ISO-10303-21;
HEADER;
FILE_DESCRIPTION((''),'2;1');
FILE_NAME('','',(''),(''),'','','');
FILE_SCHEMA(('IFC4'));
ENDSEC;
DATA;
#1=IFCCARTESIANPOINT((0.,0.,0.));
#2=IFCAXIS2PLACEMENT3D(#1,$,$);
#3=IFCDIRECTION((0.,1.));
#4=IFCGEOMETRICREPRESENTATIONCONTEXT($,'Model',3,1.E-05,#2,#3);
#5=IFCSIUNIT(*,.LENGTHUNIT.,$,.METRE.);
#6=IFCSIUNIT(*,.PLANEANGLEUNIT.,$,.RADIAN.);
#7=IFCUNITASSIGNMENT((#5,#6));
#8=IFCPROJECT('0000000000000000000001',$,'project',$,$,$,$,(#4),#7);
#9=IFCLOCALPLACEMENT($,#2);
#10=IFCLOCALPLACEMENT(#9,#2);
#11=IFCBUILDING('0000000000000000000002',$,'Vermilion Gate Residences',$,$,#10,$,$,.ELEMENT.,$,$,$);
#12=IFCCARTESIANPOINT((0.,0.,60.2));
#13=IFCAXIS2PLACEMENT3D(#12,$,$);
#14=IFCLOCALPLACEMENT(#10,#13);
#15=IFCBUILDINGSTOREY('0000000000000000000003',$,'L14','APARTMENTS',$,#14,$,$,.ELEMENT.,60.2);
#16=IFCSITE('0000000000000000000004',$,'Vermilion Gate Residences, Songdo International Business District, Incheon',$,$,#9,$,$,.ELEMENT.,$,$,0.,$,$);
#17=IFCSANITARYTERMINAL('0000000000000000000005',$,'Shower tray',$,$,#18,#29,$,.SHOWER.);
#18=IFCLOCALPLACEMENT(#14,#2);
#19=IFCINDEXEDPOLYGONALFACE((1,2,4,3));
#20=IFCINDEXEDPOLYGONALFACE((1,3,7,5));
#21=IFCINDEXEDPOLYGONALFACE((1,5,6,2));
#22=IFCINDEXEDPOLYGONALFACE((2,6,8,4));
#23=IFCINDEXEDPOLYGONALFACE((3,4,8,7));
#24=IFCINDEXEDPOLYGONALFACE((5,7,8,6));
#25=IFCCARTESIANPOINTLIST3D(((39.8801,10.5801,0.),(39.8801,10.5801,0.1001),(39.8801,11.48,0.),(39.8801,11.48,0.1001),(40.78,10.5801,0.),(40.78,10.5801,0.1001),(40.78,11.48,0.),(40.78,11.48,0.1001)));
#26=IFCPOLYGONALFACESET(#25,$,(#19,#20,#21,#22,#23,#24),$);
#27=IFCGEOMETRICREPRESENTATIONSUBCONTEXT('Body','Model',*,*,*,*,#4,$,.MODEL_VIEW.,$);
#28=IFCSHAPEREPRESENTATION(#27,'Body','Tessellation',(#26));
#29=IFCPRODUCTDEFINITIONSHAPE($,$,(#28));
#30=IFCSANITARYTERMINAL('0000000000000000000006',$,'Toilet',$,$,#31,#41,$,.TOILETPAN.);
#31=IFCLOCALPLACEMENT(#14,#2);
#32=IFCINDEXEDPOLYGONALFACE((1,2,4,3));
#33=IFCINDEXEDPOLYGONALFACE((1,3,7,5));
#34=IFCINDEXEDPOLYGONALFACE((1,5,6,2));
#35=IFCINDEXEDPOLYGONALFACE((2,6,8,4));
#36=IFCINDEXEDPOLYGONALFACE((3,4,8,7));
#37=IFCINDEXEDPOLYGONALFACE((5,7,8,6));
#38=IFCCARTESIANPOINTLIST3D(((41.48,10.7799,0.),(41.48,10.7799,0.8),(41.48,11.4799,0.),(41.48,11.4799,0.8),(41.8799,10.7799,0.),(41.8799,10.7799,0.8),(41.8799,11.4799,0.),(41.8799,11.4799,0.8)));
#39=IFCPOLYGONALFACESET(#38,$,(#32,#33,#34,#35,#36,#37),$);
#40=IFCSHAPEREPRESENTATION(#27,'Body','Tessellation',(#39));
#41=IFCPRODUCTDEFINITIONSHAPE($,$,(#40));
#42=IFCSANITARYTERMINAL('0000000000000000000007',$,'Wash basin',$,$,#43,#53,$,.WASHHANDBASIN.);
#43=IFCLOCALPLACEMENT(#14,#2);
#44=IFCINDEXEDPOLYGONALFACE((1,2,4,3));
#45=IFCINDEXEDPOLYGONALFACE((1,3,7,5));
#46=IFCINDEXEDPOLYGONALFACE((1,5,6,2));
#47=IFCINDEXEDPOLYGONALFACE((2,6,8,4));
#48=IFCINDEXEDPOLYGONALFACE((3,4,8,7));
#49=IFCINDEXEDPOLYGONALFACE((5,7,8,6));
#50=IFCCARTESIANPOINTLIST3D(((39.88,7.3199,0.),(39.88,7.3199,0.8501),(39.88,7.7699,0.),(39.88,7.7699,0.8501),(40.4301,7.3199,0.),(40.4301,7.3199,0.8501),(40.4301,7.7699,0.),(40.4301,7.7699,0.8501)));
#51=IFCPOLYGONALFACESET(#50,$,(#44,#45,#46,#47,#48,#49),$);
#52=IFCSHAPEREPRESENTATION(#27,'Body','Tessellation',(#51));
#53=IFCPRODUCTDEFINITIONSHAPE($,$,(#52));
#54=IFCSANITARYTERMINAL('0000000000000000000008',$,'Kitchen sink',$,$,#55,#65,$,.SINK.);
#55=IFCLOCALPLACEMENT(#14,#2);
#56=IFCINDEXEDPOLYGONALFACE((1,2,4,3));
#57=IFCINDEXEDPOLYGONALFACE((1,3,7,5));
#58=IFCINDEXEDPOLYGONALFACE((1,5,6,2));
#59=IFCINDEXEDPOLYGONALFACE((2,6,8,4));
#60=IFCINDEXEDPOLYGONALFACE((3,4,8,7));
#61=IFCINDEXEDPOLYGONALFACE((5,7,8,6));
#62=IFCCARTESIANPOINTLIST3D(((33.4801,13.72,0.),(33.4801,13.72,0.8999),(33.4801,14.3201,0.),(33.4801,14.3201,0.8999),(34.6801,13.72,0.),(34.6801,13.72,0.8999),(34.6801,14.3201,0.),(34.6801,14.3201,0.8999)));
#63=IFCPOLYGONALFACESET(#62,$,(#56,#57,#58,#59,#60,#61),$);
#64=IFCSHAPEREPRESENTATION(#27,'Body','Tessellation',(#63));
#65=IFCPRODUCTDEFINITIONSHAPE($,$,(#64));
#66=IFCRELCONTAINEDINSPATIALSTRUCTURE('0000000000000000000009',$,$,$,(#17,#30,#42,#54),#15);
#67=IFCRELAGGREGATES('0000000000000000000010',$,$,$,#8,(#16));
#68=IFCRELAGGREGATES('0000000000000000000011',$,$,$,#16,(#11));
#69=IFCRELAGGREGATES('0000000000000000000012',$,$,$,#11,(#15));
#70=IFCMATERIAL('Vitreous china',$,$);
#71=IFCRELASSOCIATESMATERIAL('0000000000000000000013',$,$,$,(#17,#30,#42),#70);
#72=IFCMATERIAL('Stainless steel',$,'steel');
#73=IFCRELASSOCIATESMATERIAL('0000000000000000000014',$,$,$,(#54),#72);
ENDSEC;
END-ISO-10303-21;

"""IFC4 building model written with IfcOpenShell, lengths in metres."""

from ifc_helpers import new_model, si_unit, direction, frame, origin, origin_2d, place, context, subcontext, project, spatial, rectangle, extrude, material, element, save


model = new_model("IFC4")

# Units and contexts
model_context = context("Model", 3, precision=1e-05, world=origin(), true_north=direction((0.0, 1.0)))
body_context = subcontext(model_context, "Body", "Model", "MODEL_VIEW")
ifc_project = project(units=[si_unit("LENGTHUNIT", "METRE"), si_unit("PLANEANGLEUNIT", "RADIAN")], contexts=[model_context])

# Site, building, storey
site_placement = place(None, origin())
site = spatial("IfcSite", under=ifc_project, at=site_placement, Name="Vermilion Gate Residences, Songdo International Business District, Incheon", CompositionType="ELEMENT", RefElevation=0.0)
building_placement = place(site_placement, origin())
building = spatial("IfcBuilding", under=site, at=building_placement, Name="Vermilion Gate Residences", CompositionType="ELEMENT")
storey_placement = place(building_placement, frame((0.0, 0.0, 60.2)))
storey = spatial("IfcBuildingStorey", under=building, at=storey_placement, Name="L14", Description="APARTMENTS", CompositionType="ELEMENT", Elevation=60.2)

# Sanitary terminals
ifc_material_1 = material(Name="Vitreous china")
ifc_material_2 = material(Name="Stainless steel", Category="steel")
sanitary_terminal_1_placement = place(storey_placement, frame((40.3301, 11.03, 0.0), z_axis=(0.0, 0.0, 1.0), x_axis=(1.0, 0.0, 0.0)))
element("IfcSanitaryTerminal", 1, at=sanitary_terminal_1_placement, inside=storey, material=ifc_material_1, Name="Shower tray", PredefinedType="SHOWER", context=body_context, shape_type="SweptSolid", body=[
    extrude(rectangle(XDim=0.8999, YDim=0.8999, at=origin_2d()), origin(), (0.0, 0.0, 1.0), 0.1001),
])
sanitary_terminal_2_placement = place(storey_placement, frame((41.6799, 11.1299, 0.0), z_axis=(0.0, 0.0, 1.0), x_axis=(1.0, 0.0, 0.0)))
element("IfcSanitaryTerminal", 2, at=sanitary_terminal_2_placement, inside=storey, material=ifc_material_1, Name="Toilet", PredefinedType="TOILETPAN", context=body_context, shape_type="SweptSolid", body=[
    extrude(rectangle(XDim=0.3999, YDim=0.7, at=origin_2d()), origin(), (0.0, 0.0, 1.0), 0.8),
])
sanitary_terminal_3_placement = place(storey_placement, frame((40.155, 7.5449, 0.0), z_axis=(0.0, 0.0, 1.0), x_axis=(1.0, 0.0, 0.0)))
element("IfcSanitaryTerminal", 3, at=sanitary_terminal_3_placement, inside=storey, material=ifc_material_1, Name="Wash basin", PredefinedType="WASHHANDBASIN", context=body_context, shape_type="SweptSolid", body=[
    extrude(rectangle(XDim=0.55, YDim=0.45, at=origin_2d()), origin(), (0.0, 0.0, 1.0), 0.8501),
])
sanitary_terminal_4_placement = place(storey_placement, frame((34.0801, 14.02, 0.0), z_axis=(0.0, 0.0, 1.0), x_axis=(1.0, 0.0, 0.0)))
element("IfcSanitaryTerminal", 4, at=sanitary_terminal_4_placement, inside=storey, material=ifc_material_2, Name="Kitchen sink", PredefinedType="SINK", context=body_context, shape_type="SweptSolid", body=[
    extrude(rectangle(XDim=1.2, YDim=0.6001, at=origin_2d()), origin(), (0.0, 0.0, 1.0), 0.8999),
])

save(model, "model.ifc")
